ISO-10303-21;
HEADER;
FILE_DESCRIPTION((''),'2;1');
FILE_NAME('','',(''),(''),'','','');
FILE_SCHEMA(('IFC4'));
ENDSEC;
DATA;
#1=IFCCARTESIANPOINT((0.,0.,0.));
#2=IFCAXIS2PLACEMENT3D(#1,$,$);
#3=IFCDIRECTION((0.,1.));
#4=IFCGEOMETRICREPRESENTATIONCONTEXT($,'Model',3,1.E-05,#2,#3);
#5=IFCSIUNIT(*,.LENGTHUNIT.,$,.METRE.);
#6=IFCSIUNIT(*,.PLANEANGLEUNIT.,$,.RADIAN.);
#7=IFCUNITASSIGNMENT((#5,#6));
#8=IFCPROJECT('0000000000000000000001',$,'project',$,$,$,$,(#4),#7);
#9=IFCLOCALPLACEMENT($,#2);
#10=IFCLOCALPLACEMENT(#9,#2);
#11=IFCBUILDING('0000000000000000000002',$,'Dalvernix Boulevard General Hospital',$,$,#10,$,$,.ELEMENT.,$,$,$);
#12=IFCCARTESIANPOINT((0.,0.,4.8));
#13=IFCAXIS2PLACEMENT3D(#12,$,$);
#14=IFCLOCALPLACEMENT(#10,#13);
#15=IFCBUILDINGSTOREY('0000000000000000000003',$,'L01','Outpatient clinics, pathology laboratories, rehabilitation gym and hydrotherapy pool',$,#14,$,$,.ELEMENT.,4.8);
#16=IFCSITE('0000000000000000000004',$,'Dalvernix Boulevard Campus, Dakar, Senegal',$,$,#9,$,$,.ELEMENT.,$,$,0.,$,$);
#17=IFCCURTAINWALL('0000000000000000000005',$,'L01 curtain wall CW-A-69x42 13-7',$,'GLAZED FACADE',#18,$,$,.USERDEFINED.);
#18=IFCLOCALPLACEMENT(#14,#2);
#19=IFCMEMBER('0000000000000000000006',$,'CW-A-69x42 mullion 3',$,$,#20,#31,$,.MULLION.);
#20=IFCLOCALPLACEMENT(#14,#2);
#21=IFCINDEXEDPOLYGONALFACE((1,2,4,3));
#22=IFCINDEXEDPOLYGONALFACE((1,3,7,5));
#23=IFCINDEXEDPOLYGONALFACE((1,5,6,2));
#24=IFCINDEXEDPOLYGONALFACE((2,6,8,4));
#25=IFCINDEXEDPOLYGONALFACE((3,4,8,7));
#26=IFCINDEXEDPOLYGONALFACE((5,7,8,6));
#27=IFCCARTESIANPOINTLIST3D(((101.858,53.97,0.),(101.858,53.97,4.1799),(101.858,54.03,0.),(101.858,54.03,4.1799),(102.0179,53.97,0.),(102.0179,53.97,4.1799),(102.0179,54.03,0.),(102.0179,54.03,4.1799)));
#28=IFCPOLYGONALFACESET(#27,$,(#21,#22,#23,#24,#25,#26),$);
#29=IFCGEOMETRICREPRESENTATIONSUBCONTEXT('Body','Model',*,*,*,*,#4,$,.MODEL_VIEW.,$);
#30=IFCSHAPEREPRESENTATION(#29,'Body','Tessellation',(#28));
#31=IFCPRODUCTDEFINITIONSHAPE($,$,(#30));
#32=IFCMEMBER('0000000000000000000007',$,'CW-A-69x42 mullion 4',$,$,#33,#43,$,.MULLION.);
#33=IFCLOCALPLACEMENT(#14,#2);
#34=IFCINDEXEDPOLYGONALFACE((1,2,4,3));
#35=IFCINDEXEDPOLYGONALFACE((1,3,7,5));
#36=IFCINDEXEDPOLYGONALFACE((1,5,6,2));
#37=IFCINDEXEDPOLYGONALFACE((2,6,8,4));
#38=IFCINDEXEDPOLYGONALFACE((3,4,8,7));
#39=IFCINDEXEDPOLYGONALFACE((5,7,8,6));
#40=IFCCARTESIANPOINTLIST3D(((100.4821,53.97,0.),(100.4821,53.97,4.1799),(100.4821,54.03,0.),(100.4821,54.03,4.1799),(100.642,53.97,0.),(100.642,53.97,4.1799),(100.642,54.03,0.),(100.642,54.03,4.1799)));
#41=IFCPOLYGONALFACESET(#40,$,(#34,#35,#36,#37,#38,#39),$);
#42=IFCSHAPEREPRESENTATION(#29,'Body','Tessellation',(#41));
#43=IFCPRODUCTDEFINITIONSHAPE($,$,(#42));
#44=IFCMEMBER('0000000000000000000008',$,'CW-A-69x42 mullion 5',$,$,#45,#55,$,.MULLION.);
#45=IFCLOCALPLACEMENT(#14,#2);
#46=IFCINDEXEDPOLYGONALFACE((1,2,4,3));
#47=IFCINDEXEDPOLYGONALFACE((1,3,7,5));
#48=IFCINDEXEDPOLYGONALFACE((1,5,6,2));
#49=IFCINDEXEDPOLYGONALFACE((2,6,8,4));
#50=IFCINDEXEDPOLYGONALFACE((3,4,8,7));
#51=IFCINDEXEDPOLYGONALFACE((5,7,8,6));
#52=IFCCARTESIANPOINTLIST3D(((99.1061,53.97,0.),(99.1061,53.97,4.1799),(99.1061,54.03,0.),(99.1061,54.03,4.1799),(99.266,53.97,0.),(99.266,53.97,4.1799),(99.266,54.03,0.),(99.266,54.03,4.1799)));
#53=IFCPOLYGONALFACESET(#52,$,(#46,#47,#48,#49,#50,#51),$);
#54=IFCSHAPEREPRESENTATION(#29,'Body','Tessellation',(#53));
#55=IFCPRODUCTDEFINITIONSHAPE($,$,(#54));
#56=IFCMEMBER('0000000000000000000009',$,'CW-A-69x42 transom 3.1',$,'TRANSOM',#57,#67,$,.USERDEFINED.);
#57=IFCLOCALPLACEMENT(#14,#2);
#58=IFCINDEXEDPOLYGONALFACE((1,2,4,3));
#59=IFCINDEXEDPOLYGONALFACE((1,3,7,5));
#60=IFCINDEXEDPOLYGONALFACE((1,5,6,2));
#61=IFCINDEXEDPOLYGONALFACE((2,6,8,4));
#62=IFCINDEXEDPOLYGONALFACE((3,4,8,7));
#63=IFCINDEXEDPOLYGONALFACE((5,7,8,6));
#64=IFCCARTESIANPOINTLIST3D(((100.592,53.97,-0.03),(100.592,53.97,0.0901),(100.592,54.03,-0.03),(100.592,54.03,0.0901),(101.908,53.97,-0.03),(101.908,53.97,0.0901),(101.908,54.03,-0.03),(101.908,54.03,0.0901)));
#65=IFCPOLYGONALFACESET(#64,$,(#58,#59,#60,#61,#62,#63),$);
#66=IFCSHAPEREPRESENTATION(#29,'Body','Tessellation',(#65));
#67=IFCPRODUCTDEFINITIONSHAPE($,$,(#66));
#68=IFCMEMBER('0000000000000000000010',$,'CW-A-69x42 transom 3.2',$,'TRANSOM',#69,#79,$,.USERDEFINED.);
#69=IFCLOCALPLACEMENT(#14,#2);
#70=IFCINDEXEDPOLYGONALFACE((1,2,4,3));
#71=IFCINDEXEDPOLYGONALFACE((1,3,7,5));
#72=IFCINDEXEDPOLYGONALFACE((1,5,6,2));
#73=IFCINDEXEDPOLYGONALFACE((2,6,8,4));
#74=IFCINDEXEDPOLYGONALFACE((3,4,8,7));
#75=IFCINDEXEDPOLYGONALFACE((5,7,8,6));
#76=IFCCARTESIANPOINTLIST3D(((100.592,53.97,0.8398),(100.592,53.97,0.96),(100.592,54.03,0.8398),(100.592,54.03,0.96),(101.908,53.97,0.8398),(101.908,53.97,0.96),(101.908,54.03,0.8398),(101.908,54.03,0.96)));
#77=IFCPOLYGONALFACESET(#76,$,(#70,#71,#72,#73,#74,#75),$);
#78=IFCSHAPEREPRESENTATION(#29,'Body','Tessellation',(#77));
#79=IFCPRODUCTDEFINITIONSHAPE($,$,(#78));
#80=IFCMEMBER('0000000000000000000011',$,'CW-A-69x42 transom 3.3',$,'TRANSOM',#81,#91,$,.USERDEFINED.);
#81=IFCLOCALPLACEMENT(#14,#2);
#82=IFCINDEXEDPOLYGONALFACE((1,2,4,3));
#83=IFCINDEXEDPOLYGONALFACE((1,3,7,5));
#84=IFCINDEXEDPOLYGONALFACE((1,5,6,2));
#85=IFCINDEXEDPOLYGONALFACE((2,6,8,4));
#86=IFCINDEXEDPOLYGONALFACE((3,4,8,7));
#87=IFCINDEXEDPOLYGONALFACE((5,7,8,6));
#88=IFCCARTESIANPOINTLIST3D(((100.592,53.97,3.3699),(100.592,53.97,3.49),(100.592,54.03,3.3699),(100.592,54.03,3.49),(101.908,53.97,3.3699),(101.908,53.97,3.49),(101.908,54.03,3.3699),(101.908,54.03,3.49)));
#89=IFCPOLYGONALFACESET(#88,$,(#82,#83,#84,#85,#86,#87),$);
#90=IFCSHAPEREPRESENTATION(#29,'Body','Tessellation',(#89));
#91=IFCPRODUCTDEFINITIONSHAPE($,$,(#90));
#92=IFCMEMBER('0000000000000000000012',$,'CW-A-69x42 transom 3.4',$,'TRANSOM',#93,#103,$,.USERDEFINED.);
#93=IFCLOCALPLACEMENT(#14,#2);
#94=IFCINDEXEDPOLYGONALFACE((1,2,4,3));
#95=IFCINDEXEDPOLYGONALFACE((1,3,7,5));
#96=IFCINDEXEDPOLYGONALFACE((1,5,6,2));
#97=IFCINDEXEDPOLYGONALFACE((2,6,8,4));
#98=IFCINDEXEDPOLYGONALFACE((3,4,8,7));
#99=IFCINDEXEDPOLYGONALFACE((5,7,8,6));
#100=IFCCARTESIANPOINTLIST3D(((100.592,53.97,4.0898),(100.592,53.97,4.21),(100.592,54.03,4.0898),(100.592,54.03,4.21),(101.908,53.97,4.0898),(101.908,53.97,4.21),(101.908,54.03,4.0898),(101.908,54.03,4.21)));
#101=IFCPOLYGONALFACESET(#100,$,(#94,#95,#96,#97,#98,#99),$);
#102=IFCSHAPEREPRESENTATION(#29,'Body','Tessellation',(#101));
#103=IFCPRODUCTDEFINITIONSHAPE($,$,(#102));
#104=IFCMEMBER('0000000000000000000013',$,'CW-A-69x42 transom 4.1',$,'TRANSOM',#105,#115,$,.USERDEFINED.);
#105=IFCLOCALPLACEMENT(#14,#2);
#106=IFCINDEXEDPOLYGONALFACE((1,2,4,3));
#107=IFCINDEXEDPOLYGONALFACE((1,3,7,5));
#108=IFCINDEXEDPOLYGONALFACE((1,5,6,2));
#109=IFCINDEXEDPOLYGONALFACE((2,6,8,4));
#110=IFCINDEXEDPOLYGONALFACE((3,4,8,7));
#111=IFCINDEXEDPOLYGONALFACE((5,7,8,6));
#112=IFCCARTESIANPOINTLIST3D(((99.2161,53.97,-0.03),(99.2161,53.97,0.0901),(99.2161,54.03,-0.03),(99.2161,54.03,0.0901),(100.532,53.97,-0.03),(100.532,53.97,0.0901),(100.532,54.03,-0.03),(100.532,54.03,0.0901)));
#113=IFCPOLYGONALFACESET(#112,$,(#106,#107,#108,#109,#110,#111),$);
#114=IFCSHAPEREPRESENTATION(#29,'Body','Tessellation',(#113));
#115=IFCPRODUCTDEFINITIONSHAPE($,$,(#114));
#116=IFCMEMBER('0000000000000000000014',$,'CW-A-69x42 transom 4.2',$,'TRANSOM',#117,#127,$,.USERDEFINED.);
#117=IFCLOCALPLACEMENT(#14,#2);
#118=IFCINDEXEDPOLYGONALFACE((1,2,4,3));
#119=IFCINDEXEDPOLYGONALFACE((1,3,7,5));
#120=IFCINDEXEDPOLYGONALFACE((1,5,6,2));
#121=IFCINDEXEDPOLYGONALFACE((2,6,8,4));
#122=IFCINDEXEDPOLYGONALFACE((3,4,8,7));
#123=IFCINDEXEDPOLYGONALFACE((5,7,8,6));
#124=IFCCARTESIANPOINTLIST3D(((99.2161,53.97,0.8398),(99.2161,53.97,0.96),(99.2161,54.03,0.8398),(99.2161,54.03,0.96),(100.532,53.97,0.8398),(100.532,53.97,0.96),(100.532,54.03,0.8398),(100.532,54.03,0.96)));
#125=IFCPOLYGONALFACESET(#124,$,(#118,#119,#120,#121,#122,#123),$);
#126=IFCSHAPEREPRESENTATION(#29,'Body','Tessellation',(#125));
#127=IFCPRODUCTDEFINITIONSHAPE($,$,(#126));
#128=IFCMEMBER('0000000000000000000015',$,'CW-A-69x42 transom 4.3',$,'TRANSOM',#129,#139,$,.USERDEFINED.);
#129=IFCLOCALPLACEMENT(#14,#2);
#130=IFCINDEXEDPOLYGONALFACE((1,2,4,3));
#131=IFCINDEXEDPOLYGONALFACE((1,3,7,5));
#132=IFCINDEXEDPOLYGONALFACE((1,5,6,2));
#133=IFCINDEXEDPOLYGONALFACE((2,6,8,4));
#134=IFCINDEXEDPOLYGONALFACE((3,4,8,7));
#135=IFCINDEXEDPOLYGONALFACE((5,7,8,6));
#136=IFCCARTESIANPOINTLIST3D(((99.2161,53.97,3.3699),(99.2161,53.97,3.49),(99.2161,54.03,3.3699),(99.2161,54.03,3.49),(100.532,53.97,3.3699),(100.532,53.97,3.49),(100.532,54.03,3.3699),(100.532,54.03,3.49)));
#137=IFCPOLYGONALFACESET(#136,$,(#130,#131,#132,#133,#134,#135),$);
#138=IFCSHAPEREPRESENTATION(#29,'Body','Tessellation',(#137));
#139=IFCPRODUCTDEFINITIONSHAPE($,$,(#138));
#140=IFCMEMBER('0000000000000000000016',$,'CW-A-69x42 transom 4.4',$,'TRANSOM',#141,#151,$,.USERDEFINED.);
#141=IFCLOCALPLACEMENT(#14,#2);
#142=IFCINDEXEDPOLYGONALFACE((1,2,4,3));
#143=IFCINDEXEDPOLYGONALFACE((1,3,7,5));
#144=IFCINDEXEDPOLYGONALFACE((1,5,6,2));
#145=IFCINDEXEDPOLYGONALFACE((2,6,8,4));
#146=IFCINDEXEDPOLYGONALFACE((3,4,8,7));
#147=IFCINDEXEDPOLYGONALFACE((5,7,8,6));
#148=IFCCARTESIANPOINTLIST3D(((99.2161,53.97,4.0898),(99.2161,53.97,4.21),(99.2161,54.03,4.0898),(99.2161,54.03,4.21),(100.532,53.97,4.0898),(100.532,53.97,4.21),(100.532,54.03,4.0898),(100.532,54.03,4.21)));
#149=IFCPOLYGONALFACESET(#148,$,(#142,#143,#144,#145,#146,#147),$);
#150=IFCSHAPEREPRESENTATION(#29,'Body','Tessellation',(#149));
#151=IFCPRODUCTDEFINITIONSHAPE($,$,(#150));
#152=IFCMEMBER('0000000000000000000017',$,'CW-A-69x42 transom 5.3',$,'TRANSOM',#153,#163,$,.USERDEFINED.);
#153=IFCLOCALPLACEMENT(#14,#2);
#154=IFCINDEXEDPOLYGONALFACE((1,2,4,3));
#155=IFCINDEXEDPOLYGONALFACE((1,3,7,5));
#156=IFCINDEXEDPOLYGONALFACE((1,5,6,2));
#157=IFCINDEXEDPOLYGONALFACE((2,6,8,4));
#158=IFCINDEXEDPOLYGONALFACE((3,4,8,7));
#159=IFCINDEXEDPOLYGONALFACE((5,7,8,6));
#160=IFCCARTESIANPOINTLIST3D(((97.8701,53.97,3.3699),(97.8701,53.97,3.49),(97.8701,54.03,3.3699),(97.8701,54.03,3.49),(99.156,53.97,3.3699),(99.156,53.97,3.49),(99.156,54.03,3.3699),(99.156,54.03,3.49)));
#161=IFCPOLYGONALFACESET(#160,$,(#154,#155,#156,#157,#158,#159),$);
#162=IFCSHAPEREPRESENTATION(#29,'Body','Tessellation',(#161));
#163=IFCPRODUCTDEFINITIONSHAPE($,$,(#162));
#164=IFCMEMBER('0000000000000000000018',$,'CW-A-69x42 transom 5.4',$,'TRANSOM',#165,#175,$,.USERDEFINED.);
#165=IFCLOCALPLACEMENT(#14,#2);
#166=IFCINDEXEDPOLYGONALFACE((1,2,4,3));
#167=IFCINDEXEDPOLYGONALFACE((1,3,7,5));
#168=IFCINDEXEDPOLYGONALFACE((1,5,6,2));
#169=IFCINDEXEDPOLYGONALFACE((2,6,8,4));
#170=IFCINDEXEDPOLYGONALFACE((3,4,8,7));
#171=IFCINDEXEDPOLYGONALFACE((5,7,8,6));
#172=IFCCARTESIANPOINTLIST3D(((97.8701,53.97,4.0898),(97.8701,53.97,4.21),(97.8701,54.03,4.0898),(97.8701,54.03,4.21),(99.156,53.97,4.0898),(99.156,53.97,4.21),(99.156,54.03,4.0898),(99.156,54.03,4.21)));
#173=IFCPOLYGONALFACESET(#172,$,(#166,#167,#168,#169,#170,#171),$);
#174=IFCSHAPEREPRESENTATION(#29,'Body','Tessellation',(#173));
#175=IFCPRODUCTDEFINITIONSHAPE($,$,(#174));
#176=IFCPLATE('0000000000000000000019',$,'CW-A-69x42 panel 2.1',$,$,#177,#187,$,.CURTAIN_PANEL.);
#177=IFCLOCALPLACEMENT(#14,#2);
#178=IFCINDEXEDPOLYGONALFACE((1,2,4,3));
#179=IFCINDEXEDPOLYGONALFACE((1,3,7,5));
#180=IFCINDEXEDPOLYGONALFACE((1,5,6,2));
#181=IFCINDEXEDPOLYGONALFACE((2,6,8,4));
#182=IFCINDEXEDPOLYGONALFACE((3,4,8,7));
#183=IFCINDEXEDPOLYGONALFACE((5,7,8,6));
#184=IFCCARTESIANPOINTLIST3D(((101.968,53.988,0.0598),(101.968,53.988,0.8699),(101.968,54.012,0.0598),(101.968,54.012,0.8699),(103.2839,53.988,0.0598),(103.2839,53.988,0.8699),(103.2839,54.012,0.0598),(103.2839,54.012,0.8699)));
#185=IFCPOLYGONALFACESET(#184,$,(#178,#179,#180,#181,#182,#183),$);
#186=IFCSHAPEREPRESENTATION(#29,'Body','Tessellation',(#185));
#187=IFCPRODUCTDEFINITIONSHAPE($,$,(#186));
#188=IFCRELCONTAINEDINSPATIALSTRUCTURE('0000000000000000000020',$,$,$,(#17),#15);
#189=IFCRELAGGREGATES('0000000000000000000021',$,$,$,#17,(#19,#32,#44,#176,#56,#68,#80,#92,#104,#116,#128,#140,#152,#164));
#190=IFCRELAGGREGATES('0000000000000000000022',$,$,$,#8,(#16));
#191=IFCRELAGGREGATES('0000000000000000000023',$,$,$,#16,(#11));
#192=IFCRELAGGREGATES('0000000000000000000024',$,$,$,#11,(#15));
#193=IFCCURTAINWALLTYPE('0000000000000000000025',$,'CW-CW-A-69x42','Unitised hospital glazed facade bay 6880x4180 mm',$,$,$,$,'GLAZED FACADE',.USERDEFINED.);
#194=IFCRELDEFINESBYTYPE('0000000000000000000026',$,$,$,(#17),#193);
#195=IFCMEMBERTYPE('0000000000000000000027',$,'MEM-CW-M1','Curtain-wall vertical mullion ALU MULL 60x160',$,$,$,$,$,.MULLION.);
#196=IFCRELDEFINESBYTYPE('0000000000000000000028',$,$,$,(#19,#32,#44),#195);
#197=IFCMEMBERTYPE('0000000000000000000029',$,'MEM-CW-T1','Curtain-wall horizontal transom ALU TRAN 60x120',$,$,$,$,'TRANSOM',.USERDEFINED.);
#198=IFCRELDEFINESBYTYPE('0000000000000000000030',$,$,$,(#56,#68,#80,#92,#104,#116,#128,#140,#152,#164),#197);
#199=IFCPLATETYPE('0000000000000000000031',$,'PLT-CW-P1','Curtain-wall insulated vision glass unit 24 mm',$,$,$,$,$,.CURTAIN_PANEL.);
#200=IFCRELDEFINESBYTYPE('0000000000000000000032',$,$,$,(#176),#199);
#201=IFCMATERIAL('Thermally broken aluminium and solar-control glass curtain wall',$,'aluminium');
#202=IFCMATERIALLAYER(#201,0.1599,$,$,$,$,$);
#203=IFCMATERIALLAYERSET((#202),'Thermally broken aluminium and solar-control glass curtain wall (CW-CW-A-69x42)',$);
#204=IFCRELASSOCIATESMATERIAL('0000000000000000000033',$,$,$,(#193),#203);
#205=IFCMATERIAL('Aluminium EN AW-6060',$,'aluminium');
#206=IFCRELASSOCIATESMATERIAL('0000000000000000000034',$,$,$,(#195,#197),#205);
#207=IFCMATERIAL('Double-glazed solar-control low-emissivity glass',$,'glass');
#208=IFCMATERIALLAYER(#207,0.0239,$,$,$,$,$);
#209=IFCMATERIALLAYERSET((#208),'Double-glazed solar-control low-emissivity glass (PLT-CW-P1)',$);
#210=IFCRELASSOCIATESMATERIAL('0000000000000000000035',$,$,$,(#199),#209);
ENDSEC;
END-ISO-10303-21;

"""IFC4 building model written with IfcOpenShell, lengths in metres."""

from ifc_helpers import new_model, si_unit, direction, frame, origin, origin_2d, place, context, subcontext, project, spatial, rectangle, extrude, material, layer, layer_set, material_profile, profile_set, type_object, element, aggregate, save


model = new_model("IFC4")

# Units and contexts
model_context = context("Model", 3, precision=1e-05, world=origin(), true_north=direction((0.0, 1.0)))
body_context = subcontext(model_context, "Body", "Model", "MODEL_VIEW")
ifc_project = project(units=[si_unit("LENGTHUNIT", "METRE"), si_unit("PLANEANGLEUNIT", "RADIAN")], contexts=[model_context])

# Site, building, storey
site_placement = place(None, origin())
site = spatial("IfcSite", under=ifc_project, at=site_placement, Name="Dalvernix Boulevard Campus, Dakar, Senegal", CompositionType="ELEMENT", RefElevation=0.0)
building_placement = place(site_placement, origin())
building = spatial("IfcBuilding", under=site, at=building_placement, Name="Dalvernix Boulevard General Hospital", CompositionType="ELEMENT")
storey_placement = place(building_placement, frame((0.0, 0.0, 4.8)))
storey = spatial("IfcBuildingStorey", under=building, at=storey_placement, Name="L01", Description="Outpatient clinics, pathology laboratories, rehabilitation gym and hydrotherapy pool", CompositionType="ELEMENT", Elevation=4.8)

# Curtain wall, members, plate
ifc_material_1 = material(Name="Thermally broken aluminium and solar-control glass curtain wall", Category="aluminium")
ifc_layer_1 = layer(ifc_material_1, 0.1599)
ifc_layer_set_1 = layer_set([ifc_layer_1], Name="Thermally broken aluminium and solar-control glass curtain wall (CW-CW-A-69x42)")
curtain_wall_type = type_object("IfcCurtainWallType", Name="CW-CW-A-69x42", Description="Unitised hospital glazed facade bay 6880x4180 mm", ElementType="GLAZED FACADE", PredefinedType="USERDEFINED", material=ifc_layer_set_1)
curtain_wall_placement = place(storey_placement, origin())
curtain_wall = element("IfcCurtainWall", 1, at=curtain_wall_placement, inside=storey, type_object=curtain_wall_type, Name="L01 curtain wall CW-A-69x42 13-7", ObjectType="GLAZED FACADE", PredefinedType="USERDEFINED")
ifc_material_2 = material(Name="Aluminium EN AW-6060", Category="aluminium")
ifc_material_profile_1 = material_profile(ifc_material_2, rectangle(XDim=0.0601, YDim=0.1599, at=origin_2d()), Name="ALU MULL 60x160")
ifc_profile_set_1 = profile_set([ifc_material_profile_1], Name="Aluminium EN AW-6060")
member_type_1 = type_object("IfcMemberType", Name="MEM-CW-M1", Description="Curtain-wall vertical mullion ALU MULL 60x160", PredefinedType="MULLION", material=ifc_profile_set_1)
member_1_placement = place(storey_placement, frame((101.938, 54.0, 0.0), z_axis=(0.0, 0.0, 1.0), x_axis=(0.0, -1.0, 0.0)))
member_1 = element("IfcMember", 2, at=member_1_placement, type_object=member_type_1, Name="CW-A-69x42 mullion 3", PredefinedType="MULLION", context=body_context, shape_type="SweptSolid", body=[
    extrude(rectangle(XDim=0.0601, YDim=0.1599, at=origin_2d()), origin(), (0.0, 0.0, 1.0), 4.1799),
])
member_2_placement = place(storey_placement, frame((100.562, 54.0, 0.0), z_axis=(0.0, 0.0, 1.0), x_axis=(0.0, -1.0, 0.0)))
member_2 = element("IfcMember", 3, at=member_2_placement, type_object=member_type_1, Name="CW-A-69x42 mullion 4", PredefinedType="MULLION", context=body_context, shape_type="SweptSolid", body=[
    extrude(rectangle(XDim=0.0601, YDim=0.1599, at=origin_2d()), origin(), (0.0, 0.0, 1.0), 4.1799),
])
member_3_placement = place(storey_placement, frame((99.186, 54.0, 0.0), z_axis=(0.0, 0.0, 1.0), x_axis=(0.0, -1.0, 0.0)))
member_3 = element("IfcMember", 4, at=member_3_placement, type_object=member_type_1, Name="CW-A-69x42 mullion 5", PredefinedType="MULLION", context=body_context, shape_type="SweptSolid", body=[
    extrude(rectangle(XDim=0.0601, YDim=0.1599, at=origin_2d()), origin(), (0.0, 0.0, 1.0), 4.1799),
])
ifc_material_profile_2 = material_profile(ifc_material_2, rectangle(XDim=0.0601, YDim=0.1201, at=origin_2d()), Name="ALU TRAN 60x120")
ifc_profile_set_2 = profile_set([ifc_material_profile_2], Name="Aluminium EN AW-6060")
member_type_2 = type_object("IfcMemberType", Name="MEM-CW-T1", Description="Curtain-wall horizontal transom ALU TRAN 60x120", ElementType="TRANSOM", PredefinedType="USERDEFINED", material=ifc_profile_set_2)
member_4_placement = place(storey_placement, frame((101.908, 54.0, 0.03), z_axis=(-1.0, 0.0, 0.0), x_axis=(0.0, -1.0, 0.0)))
member_4 = element("IfcMember", 5, at=member_4_placement, type_object=member_type_2, Name="CW-A-69x42 transom 3.1", ObjectType="TRANSOM", PredefinedType="USERDEFINED", context=body_context, shape_type="SweptSolid", body=[
    extrude(rectangle(XDim=0.0601, YDim=0.1201, at=origin_2d()), origin(), (0.0, 0.0, 1.0), 1.3159),
])
member_5_placement = place(storey_placement, frame((101.908, 54.0, 0.8999), z_axis=(-1.0, 0.0, 0.0), x_axis=(0.0, -1.0, 0.0)))
member_5 = element("IfcMember", 6, at=member_5_placement, type_object=member_type_2, Name="CW-A-69x42 transom 3.2", ObjectType="TRANSOM", PredefinedType="USERDEFINED", context=body_context, shape_type="SweptSolid", body=[
    extrude(rectangle(XDim=0.0601, YDim=0.1201, at=origin_2d()), origin(), (0.0, 0.0, 1.0), 1.3159),
])
member_6_placement = place(storey_placement, frame((101.908, 54.0, 3.4299), z_axis=(-1.0, 0.0, 0.0), x_axis=(0.0, -1.0, 0.0)))
member_6 = element("IfcMember", 7, at=member_6_placement, type_object=member_type_2, Name="CW-A-69x42 transom 3.3", ObjectType="TRANSOM", PredefinedType="USERDEFINED", context=body_context, shape_type="SweptSolid", body=[
    extrude(rectangle(XDim=0.0601, YDim=0.1201, at=origin_2d()), origin(), (0.0, 0.0, 1.0), 1.3159),
])
member_7_placement = place(storey_placement, frame((101.908, 54.0, 4.1499), z_axis=(-1.0, 0.0, 0.0), x_axis=(0.0, -1.0, 0.0)))
member_7 = element("IfcMember", 8, at=member_7_placement, type_object=member_type_2, Name="CW-A-69x42 transom 3.4", ObjectType="TRANSOM", PredefinedType="USERDEFINED", context=body_context, shape_type="SweptSolid", body=[
    extrude(rectangle(XDim=0.0601, YDim=0.1201, at=origin_2d()), origin(), (0.0, 0.0, 1.0), 1.3159),
])
member_8_placement = place(storey_placement, frame((100.532, 54.0, 0.03), z_axis=(-1.0, 0.0, 0.0), x_axis=(0.0, -1.0, 0.0)))
member_8 = element("IfcMember", 9, at=member_8_placement, type_object=member_type_2, Name="CW-A-69x42 transom 4.1", ObjectType="TRANSOM", PredefinedType="USERDEFINED", context=body_context, shape_type="SweptSolid", body=[
    extrude(rectangle(XDim=0.0601, YDim=0.1201, at=origin_2d()), origin(), (0.0, 0.0, 1.0), 1.3159),
])
member_9_placement = place(storey_placement, frame((100.532, 54.0, 0.8999), z_axis=(-1.0, 0.0, 0.0), x_axis=(0.0, -1.0, 0.0)))
member_9 = element("IfcMember", 10, at=member_9_placement, type_object=member_type_2, Name="CW-A-69x42 transom 4.2", ObjectType="TRANSOM", PredefinedType="USERDEFINED", context=body_context, shape_type="SweptSolid", body=[
    extrude(rectangle(XDim=0.0601, YDim=0.1201, at=origin_2d()), origin(), (0.0, 0.0, 1.0), 1.3159),
])
member_10_placement = place(storey_placement, frame((100.532, 54.0, 3.4299), z_axis=(-1.0, 0.0, 0.0), x_axis=(0.0, -1.0, 0.0)))
member_10 = element("IfcMember", 11, at=member_10_placement, type_object=member_type_2, Name="CW-A-69x42 transom 4.3", ObjectType="TRANSOM", PredefinedType="USERDEFINED", context=body_context, shape_type="SweptSolid", body=[
    extrude(rectangle(XDim=0.0601, YDim=0.1201, at=origin_2d()), origin(), (0.0, 0.0, 1.0), 1.3159),
])
member_11_placement = place(storey_placement, frame((100.532, 54.0, 4.1499), z_axis=(-1.0, 0.0, 0.0), x_axis=(0.0, -1.0, 0.0)))
member_11 = element("IfcMember", 12, at=member_11_placement, type_object=member_type_2, Name="CW-A-69x42 transom 4.4", ObjectType="TRANSOM", PredefinedType="USERDEFINED", context=body_context, shape_type="SweptSolid", body=[
    extrude(rectangle(XDim=0.0601, YDim=0.1201, at=origin_2d()), origin(), (0.0, 0.0, 1.0), 1.3159),
])
member_12_placement = place(storey_placement, frame((99.156, 54.0, 3.4299), z_axis=(-1.0, 0.0, 0.0), x_axis=(0.0, -1.0, 0.0)))
member_12 = element("IfcMember", 13, at=member_12_placement, type_object=member_type_2, Name="CW-A-69x42 transom 5.3", ObjectType="TRANSOM", PredefinedType="USERDEFINED", context=body_context, shape_type="SweptSolid", body=[
    extrude(rectangle(XDim=0.0601, YDim=0.1201, at=origin_2d()), origin(), (0.0, 0.0, 1.0), 1.2859),
])
member_13_placement = place(storey_placement, frame((99.156, 54.0, 4.1499), z_axis=(-1.0, 0.0, 0.0), x_axis=(0.0, -1.0, 0.0)))
member_13 = element("IfcMember", 14, at=member_13_placement, type_object=member_type_2, Name="CW-A-69x42 transom 5.4", ObjectType="TRANSOM", PredefinedType="USERDEFINED", context=body_context, shape_type="SweptSolid", body=[
    extrude(rectangle(XDim=0.0601, YDim=0.1201, at=origin_2d()), origin(), (0.0, 0.0, 1.0), 1.2859),
])
ifc_material_3 = material(Name="Double-glazed solar-control low-emissivity glass", Category="glass")
ifc_layer_2 = layer(ifc_material_3, 0.0239)
ifc_layer_set_2 = layer_set([ifc_layer_2], Name="Double-glazed solar-control low-emissivity glass (PLT-CW-P1)")
plate_type = type_object("IfcPlateType", Name="PLT-CW-P1", Description="Curtain-wall insulated vision glass unit 24 mm", PredefinedType="CURTAIN_PANEL", material=ifc_layer_set_2)
plate_1_placement = place(storey_placement, frame((102.626, 54.0, 0.0598), z_axis=(0.0, 0.0, 1.0), x_axis=(-1.0, 0.0, 0.0)))
plate_1 = element("IfcPlate", 15, at=plate_1_placement, type_object=plate_type, Name="CW-A-69x42 panel 2.1", PredefinedType="CURTAIN_PANEL", context=body_context, shape_type="SweptSolid", body=[
    extrude(rectangle(XDim=1.3159, YDim=0.0239, at=origin_2d()), origin(), (0.0, 0.0, 1.0), 0.8101),
])
aggregate(curtain_wall, [member_1, member_2, member_3, plate_1, member_4, member_5, member_6, member_7, member_8, member_9, member_10, member_11, member_12, member_13])

save(model, "model.ifc")
